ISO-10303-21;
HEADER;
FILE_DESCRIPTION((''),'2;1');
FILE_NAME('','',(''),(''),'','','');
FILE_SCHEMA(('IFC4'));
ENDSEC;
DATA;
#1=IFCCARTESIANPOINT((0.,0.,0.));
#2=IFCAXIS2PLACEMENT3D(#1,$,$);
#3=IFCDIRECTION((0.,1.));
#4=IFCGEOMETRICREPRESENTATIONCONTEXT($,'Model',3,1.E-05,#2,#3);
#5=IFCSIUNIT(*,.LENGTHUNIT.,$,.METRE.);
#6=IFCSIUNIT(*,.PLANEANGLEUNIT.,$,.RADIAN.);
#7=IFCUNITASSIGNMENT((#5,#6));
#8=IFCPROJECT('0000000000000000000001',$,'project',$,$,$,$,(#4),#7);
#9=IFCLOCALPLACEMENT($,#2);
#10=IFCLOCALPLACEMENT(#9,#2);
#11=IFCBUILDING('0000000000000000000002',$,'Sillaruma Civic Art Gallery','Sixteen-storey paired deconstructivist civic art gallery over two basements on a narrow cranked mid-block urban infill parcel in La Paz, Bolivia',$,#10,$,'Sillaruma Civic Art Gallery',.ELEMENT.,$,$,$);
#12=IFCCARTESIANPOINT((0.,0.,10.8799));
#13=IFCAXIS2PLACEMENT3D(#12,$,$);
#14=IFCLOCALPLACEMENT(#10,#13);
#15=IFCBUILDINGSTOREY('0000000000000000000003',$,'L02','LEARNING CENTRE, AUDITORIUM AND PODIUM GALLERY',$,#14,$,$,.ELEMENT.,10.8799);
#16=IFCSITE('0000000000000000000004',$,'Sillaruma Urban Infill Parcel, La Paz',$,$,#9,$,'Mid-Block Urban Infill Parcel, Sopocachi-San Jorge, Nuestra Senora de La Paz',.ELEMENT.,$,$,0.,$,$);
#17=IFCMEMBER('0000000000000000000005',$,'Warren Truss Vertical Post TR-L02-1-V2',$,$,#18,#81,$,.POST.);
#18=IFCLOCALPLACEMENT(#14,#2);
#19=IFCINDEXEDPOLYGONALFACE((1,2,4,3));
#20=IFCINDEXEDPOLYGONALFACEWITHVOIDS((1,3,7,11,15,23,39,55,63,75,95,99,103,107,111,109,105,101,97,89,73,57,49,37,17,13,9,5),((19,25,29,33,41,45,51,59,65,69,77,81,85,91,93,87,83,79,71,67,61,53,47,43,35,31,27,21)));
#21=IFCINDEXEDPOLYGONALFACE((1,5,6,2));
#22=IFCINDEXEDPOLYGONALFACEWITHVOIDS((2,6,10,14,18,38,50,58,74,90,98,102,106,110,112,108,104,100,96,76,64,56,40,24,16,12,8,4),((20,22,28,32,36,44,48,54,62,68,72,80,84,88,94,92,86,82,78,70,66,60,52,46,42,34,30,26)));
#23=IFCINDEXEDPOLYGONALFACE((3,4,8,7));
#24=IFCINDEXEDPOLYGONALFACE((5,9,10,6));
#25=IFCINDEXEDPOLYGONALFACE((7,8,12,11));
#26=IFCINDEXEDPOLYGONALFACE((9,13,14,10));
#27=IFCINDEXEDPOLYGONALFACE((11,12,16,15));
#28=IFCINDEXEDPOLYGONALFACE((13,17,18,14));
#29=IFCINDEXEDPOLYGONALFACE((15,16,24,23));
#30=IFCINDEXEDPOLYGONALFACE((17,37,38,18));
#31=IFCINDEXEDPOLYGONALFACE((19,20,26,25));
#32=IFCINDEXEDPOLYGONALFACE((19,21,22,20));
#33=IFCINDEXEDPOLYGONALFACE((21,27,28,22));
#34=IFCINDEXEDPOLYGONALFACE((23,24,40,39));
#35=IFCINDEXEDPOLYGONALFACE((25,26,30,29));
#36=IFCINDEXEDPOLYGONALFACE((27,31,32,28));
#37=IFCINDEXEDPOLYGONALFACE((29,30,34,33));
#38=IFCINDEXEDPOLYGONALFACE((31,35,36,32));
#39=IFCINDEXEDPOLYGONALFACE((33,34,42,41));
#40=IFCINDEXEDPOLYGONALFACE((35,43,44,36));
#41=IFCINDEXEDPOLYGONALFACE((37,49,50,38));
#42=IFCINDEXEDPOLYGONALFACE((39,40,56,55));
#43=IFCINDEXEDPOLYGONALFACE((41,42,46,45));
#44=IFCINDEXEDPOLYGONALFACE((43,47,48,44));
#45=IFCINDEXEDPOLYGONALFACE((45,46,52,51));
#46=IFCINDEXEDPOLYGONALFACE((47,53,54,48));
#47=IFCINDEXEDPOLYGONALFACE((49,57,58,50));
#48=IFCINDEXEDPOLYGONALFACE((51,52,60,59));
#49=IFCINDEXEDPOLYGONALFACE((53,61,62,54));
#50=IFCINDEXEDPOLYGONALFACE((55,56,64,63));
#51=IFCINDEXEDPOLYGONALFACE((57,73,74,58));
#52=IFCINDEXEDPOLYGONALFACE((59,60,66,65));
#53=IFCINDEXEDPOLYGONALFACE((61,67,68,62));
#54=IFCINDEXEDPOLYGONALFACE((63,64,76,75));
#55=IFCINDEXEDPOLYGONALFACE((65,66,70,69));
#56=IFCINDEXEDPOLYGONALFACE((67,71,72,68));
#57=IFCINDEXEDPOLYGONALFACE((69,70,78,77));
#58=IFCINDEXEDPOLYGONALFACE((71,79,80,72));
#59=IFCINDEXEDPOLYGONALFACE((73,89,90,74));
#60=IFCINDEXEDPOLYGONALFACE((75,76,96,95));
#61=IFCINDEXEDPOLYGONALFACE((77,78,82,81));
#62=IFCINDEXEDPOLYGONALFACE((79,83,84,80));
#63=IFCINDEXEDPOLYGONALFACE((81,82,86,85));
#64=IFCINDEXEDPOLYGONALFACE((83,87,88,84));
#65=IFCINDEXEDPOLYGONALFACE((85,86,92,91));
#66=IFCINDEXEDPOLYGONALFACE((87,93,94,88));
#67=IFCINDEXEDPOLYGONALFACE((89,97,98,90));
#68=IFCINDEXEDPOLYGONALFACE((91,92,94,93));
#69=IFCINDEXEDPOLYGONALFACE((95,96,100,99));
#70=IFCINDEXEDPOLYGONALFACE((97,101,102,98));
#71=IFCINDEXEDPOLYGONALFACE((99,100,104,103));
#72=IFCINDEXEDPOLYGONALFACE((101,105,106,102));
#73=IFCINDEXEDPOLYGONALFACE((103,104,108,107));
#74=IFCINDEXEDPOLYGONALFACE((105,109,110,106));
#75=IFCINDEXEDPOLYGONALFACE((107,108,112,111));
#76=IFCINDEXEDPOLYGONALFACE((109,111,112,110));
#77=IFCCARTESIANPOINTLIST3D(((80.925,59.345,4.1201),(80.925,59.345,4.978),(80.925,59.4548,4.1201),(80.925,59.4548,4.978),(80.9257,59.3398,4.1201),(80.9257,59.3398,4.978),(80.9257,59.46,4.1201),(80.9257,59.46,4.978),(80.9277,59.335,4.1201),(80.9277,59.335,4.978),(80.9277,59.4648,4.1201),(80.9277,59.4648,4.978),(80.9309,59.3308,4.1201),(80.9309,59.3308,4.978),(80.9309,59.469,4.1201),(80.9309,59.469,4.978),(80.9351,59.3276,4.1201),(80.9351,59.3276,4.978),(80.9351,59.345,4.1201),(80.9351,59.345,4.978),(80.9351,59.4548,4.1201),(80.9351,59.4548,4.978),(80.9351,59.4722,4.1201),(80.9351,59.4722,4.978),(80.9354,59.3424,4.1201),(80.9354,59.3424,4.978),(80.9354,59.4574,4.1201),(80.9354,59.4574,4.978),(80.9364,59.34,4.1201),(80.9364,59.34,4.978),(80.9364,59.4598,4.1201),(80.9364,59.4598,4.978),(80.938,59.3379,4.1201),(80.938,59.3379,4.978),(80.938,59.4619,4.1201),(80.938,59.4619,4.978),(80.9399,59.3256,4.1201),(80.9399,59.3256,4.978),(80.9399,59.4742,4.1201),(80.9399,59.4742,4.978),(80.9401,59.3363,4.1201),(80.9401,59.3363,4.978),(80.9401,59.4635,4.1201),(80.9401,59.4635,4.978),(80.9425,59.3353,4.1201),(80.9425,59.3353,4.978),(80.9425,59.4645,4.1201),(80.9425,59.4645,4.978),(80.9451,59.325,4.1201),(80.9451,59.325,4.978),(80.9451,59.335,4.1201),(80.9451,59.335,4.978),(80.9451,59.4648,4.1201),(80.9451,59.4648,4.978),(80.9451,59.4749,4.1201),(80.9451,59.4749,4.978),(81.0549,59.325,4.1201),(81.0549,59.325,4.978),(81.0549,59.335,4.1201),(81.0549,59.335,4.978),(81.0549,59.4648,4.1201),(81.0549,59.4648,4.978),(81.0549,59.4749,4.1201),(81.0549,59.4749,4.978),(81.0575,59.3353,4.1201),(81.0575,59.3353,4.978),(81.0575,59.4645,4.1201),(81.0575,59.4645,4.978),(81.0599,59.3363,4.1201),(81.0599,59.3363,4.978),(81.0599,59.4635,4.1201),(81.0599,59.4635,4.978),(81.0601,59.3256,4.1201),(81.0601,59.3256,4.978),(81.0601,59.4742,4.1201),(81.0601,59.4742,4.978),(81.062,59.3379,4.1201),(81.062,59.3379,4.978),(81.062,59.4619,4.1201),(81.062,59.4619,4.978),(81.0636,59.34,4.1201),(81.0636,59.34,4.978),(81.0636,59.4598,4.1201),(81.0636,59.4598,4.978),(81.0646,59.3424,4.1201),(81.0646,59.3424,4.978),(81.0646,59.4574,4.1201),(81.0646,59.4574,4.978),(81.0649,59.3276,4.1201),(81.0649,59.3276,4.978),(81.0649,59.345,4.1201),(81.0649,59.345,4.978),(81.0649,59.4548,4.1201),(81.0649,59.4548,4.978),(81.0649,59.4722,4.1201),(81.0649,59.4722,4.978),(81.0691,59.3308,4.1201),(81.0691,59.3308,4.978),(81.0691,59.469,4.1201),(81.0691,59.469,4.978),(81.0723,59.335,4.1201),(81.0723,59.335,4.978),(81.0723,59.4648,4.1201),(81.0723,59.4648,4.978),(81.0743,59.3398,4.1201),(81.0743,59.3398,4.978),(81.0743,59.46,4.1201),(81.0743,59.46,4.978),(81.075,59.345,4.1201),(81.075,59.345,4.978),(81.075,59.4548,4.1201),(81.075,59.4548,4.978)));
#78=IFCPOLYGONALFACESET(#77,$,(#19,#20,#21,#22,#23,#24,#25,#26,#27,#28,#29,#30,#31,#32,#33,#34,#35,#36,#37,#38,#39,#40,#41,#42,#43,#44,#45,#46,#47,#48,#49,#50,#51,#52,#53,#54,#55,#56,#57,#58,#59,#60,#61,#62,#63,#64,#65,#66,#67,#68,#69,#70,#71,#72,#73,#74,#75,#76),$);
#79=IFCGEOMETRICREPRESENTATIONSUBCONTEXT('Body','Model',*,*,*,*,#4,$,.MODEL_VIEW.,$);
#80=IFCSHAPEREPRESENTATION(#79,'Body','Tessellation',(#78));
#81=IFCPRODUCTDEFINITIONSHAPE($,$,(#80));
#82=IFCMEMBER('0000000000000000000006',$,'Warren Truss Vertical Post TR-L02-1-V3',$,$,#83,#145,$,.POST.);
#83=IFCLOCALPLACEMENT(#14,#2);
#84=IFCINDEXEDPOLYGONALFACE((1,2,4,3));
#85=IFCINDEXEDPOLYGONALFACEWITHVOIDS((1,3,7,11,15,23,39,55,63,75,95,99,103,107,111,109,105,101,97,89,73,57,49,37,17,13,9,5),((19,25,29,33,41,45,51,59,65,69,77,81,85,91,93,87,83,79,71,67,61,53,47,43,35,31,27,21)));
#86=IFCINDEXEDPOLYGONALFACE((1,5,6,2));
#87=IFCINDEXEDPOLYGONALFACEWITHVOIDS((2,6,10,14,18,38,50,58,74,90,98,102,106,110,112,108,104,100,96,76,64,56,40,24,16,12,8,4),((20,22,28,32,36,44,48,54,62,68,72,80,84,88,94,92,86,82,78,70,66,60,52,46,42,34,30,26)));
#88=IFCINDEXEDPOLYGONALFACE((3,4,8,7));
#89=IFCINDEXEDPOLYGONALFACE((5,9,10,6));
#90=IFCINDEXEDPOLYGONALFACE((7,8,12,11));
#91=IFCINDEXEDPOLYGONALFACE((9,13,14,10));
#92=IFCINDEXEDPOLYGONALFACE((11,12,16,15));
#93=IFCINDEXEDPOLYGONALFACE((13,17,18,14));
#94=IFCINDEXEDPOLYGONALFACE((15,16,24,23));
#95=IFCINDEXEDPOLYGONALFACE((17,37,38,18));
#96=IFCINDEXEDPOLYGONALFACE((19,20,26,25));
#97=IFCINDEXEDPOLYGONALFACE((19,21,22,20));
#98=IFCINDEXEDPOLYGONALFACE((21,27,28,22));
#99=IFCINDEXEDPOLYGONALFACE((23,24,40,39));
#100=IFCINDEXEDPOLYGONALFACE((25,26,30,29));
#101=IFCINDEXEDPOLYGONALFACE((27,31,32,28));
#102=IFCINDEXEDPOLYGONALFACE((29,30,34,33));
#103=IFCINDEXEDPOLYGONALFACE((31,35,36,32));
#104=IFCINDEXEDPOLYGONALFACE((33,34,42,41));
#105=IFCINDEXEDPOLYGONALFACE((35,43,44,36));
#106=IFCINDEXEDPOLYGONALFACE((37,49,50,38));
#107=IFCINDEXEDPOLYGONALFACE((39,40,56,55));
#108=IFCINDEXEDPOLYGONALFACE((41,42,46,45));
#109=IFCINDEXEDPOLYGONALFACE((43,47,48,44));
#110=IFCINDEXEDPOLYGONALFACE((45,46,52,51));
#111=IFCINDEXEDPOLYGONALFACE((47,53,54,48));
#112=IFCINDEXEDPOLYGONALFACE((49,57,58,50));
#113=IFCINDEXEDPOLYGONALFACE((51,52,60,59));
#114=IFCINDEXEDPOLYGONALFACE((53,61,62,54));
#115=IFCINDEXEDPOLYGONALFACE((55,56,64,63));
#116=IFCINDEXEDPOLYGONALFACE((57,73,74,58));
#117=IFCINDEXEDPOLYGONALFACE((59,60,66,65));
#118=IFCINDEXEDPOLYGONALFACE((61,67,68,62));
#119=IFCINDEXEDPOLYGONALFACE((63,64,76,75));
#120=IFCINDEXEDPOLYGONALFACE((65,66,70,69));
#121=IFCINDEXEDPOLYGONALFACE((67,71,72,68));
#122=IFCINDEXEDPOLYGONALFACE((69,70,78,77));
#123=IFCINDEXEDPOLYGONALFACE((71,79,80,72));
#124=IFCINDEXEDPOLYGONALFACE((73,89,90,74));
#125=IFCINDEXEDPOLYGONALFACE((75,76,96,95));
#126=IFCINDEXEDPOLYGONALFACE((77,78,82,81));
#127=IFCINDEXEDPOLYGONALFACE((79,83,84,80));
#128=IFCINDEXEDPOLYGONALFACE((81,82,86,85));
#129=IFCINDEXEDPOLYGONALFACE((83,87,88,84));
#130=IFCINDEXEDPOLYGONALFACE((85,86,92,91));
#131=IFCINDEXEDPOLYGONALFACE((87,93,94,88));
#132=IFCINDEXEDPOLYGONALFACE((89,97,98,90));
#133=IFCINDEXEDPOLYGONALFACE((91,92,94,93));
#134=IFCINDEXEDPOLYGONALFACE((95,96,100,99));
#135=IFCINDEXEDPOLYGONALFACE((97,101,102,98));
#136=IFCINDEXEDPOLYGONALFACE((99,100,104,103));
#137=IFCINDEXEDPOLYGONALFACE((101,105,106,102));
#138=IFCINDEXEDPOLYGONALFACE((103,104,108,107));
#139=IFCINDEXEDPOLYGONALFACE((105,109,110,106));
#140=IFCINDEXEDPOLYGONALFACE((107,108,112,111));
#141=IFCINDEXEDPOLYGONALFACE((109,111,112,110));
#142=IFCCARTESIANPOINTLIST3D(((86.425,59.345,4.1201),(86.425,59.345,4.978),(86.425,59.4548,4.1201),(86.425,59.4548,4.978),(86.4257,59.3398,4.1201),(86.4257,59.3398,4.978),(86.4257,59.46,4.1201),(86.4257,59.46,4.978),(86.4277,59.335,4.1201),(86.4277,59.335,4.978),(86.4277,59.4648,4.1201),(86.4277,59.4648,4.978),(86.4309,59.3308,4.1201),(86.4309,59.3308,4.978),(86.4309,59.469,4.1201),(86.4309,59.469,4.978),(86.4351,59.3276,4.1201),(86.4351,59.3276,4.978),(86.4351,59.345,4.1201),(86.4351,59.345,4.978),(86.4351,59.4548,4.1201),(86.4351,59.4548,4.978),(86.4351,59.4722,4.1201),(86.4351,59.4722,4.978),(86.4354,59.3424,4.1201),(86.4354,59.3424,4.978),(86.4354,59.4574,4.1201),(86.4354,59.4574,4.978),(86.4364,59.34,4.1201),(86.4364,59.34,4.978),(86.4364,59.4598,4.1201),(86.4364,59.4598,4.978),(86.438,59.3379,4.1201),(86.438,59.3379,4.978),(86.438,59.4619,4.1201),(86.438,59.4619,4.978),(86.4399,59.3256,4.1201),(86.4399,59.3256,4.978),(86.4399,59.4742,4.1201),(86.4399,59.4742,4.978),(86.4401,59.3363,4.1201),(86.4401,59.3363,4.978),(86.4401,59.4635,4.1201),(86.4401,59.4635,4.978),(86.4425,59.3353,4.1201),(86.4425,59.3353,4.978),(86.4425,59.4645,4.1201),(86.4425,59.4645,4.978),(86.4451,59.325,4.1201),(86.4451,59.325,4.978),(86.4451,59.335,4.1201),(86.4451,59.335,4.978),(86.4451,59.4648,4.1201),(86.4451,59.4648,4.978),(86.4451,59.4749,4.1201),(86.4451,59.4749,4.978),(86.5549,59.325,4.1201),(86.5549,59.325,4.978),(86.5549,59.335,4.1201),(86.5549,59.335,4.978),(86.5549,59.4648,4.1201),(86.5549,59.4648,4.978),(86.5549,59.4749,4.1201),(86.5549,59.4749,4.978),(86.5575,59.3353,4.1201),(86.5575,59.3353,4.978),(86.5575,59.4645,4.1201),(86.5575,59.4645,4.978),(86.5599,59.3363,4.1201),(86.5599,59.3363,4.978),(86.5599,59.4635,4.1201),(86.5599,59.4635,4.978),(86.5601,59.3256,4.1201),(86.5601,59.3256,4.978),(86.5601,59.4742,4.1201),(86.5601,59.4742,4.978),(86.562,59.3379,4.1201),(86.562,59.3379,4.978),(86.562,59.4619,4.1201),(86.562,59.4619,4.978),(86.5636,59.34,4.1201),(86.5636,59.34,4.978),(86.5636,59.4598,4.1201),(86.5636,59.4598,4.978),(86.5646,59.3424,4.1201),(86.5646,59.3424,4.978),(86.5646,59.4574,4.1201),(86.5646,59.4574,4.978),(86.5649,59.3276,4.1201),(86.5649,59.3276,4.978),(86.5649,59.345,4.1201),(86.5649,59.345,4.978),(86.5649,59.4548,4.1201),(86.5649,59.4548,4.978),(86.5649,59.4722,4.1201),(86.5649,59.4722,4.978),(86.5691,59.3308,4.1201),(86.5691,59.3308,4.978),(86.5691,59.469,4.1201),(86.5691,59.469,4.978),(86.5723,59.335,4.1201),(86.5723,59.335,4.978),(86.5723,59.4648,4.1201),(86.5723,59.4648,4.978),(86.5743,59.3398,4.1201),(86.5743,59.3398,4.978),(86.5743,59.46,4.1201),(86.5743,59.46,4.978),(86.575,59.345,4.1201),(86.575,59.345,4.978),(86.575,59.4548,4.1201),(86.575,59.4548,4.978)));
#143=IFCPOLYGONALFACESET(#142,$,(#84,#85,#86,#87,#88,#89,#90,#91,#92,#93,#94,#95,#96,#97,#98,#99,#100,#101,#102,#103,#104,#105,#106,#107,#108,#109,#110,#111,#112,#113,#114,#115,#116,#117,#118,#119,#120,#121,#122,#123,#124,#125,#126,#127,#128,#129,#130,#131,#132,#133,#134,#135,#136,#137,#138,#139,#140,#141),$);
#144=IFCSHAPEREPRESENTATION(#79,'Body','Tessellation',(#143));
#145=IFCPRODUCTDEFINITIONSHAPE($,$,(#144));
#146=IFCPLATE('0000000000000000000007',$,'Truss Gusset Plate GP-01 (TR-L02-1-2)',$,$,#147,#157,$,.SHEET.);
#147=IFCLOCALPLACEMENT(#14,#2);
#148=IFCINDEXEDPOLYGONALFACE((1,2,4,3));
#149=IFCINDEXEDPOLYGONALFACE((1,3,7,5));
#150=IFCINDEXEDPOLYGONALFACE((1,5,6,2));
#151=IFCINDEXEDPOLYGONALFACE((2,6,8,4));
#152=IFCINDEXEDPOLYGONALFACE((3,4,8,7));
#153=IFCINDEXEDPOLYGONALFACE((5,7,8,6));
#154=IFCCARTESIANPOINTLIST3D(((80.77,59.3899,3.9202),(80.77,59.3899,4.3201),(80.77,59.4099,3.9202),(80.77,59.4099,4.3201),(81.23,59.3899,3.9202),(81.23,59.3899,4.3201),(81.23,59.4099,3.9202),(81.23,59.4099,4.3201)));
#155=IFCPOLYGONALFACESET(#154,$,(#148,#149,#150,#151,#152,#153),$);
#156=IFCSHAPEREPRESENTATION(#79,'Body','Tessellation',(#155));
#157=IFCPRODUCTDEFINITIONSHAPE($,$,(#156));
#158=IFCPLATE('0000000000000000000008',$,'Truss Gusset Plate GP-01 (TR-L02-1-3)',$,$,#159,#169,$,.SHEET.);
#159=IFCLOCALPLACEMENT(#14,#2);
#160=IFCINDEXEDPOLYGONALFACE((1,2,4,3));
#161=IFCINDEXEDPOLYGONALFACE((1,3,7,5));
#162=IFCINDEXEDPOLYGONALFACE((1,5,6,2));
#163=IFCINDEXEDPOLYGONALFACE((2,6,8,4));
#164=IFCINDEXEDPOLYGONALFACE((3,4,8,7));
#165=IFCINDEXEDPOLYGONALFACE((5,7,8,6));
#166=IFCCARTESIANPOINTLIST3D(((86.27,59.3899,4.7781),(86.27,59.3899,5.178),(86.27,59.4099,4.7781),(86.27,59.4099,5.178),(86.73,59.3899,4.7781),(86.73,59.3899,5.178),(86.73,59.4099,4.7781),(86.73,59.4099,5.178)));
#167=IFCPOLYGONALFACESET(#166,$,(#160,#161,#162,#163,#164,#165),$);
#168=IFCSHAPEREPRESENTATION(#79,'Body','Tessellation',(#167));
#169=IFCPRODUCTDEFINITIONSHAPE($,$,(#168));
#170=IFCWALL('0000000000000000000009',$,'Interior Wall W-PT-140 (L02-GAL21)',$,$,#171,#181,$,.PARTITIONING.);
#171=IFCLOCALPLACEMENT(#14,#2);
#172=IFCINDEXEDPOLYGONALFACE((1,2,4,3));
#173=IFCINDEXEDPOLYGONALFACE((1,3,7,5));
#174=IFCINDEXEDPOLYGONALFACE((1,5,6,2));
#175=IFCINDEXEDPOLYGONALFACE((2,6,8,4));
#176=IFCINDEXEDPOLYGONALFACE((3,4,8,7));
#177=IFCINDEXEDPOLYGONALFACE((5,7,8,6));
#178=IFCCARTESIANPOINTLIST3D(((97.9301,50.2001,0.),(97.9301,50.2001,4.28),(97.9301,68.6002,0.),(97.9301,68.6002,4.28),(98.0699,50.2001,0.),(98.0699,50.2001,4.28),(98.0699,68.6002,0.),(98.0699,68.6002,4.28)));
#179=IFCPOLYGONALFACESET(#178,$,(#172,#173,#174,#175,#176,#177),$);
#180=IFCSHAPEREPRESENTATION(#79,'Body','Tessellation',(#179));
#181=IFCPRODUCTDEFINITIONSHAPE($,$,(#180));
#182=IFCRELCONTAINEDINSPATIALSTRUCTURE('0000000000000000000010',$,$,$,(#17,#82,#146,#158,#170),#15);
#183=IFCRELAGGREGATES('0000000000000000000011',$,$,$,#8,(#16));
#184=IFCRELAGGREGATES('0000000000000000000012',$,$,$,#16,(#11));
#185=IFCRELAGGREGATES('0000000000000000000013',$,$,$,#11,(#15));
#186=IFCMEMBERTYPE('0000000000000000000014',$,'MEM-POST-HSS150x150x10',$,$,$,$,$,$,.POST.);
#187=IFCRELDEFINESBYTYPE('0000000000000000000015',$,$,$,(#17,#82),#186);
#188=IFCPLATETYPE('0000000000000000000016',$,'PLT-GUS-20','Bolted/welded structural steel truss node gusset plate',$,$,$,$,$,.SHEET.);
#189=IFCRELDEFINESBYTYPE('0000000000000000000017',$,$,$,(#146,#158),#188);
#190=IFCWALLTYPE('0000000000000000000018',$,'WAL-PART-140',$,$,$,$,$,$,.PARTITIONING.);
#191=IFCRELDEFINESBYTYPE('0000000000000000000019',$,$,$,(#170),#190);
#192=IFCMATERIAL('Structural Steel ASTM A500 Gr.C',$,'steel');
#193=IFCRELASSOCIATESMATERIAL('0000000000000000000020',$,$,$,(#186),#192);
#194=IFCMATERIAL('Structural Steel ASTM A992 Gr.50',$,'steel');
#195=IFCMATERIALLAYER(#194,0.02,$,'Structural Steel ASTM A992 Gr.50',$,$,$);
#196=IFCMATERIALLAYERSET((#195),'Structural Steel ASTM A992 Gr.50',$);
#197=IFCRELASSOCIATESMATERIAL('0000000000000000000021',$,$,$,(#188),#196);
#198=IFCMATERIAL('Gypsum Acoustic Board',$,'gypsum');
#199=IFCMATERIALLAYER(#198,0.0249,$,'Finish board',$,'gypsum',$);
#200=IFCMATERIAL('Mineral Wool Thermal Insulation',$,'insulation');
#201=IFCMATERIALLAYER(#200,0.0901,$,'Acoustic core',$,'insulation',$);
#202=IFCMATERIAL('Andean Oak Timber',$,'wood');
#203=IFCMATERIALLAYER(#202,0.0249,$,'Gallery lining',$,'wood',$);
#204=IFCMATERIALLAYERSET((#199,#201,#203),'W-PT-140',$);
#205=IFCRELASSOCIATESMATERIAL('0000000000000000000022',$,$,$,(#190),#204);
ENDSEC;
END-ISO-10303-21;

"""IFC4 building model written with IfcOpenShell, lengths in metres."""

from ifc_helpers import new_model, si_unit, direction, frame, frame_2d, origin, origin_2d, place, context, subcontext, project, spatial, rectangle, hollow_rectangle, extrude, material, layer, layer_set, material_profile, profile_set, type_object, element, save


model = new_model("IFC4")

# Units and contexts
model_context = context("Model", 3, precision=1e-05, world=origin(), true_north=direction((0.0, 1.0)))
body_context = subcontext(model_context, "Body", "Model", "MODEL_VIEW")
ifc_project = project(units=[si_unit("LENGTHUNIT", "METRE"), si_unit("PLANEANGLEUNIT", "RADIAN")], contexts=[model_context])

# Site, building, storey
site_placement = place(None, origin())
site = spatial("IfcSite", under=ifc_project, at=site_placement, Name="Sillaruma Urban Infill Parcel, La Paz", LongName="Mid-Block Urban Infill Parcel, Sopocachi-San Jorge, Nuestra Senora de La Paz", CompositionType="ELEMENT", RefElevation=0.0)
building_placement = place(site_placement, origin())
building = spatial("IfcBuilding", under=site, at=building_placement, Name="Sillaruma Civic Art Gallery", Description="Sixteen-storey paired deconstructivist civic art gallery over two basements on a narrow cranked mid-block urban infill parcel in La Paz, Bolivia", LongName="Sillaruma Civic Art Gallery", CompositionType="ELEMENT")
storey_placement = place(building_placement, frame((0.0, 0.0, 10.8799)))
storey = spatial("IfcBuildingStorey", under=building, at=storey_placement, Name="L02", Description="LEARNING CENTRE, AUDITORIUM AND PODIUM GALLERY", CompositionType="ELEMENT", Elevation=10.8799)

# Members
ifc_material_1 = material(Name="Structural Steel ASTM A500 Gr.C", Category="steel")
ifc_material_profile_1 = material_profile(ifc_material_1, hollow_rectangle(XDim=0.1499, YDim=0.1499, WallThickness=0.01, InnerFilletRadius=0.01, OuterFilletRadius=0.02, at=origin_2d()), Name="HSS150x150x10")
ifc_profile_set_1 = profile_set([ifc_material_profile_1], Name="Structural Steel ASTM A500 Gr.C")
member_type_1 = type_object("IfcMemberType", Name="MEM-POST-HSS150x150x10", PredefinedType="POST", material=ifc_profile_set_1)
for number, where, z_axis, x_axis, name in (
    (1, (81.0, 59.3999, 4.1201), (0.0, 0.0, 1.0), (1.0, 0.0, 0.0), "Warren Truss Vertical Post TR-L02-1-V2"),
    (2, (86.5, 59.3999, 4.1201), (0.0, 0.0, 1.0), (1.0, 0.0, 0.0), "Warren Truss Vertical Post TR-L02-1-V3"),
):
    element("IfcMember", number, at=place(storey_placement, frame(where, z_axis=z_axis, x_axis=x_axis)), inside=storey, type_object=member_type_1, Name=name, PredefinedType="POST", context=body_context, shape_type="SweptSolid", body=[
        extrude(hollow_rectangle(XDim=0.1499, YDim=0.1499, WallThickness=0.01, InnerFilletRadius=0.01, OuterFilletRadius=0.02, at=origin_2d()), origin(), (0.0, 0.0, 1.0), 0.8579),
    ])

# Plates
ifc_material_2 = material(Name="Structural Steel ASTM A992 Gr.50", Category="steel")
ifc_layer_1 = layer(ifc_material_2, 0.02, Name="Structural Steel ASTM A992 Gr.50")
ifc_layer_set_1 = layer_set([ifc_layer_1], Name="Structural Steel ASTM A992 Gr.50")
plate_type = type_object("IfcPlateType", Name="PLT-GUS-20", Description="Bolted/welded structural steel truss node gusset plate", PredefinedType="SHEET", material=ifc_layer_set_1)
for number, where, z_axis, x_axis, name in (
    (3, (81.0, 59.3999, 3.9202), (0.0, 0.0, 1.0), (1.0, 0.0, 0.0), "Truss Gusset Plate GP-01 (TR-L02-1-2)"),
    (4, (86.5, 59.3999, 4.7781), (0.0, 0.0, 1.0), (1.0, 0.0, 0.0), "Truss Gusset Plate GP-01 (TR-L02-1-3)"),
):
    element("IfcPlate", number, at=place(storey_placement, frame(where, z_axis=z_axis, x_axis=x_axis)), inside=storey, type_object=plate_type, Name=name, PredefinedType="SHEET", context=body_context, shape_type="SweptSolid", body=[
        extrude(rectangle(XDim=0.46, YDim=0.02, at=origin_2d()), origin(), (0.0, 0.0, 1.0), 0.3999),
    ])

# Wall
ifc_material_3 = material(Name="Gypsum Acoustic Board", Category="gypsum")
ifc_layer_2 = layer(ifc_material_3, 0.0249, Name="Finish board", Category="gypsum")
ifc_material_4 = material(Name="Mineral Wool Thermal Insulation", Category="insulation")
ifc_layer_3 = layer(ifc_material_4, 0.0901, Name="Acoustic core", Category="insulation")
ifc_material_5 = material(Name="Andean Oak Timber", Category="wood")
ifc_layer_4 = layer(ifc_material_5, 0.0249, Name="Gallery lining", Category="wood")
ifc_layer_set_2 = layer_set([ifc_layer_2, ifc_layer_3, ifc_layer_4], Name="W-PT-140")
wall_type = type_object("IfcWallType", Name="WAL-PART-140", PredefinedType="PARTITIONING", material=ifc_layer_set_2)
wall_placement = place(storey_placement, frame((98.0, 50.2, 0.0), z_axis=(0.0, 0.0, 1.0), x_axis=(0.0, 1.0, 0.0)))
element("IfcWall", 5, at=wall_placement, inside=storey, type_object=wall_type, Name="Interior Wall W-PT-140 (L02-GAL21)", PredefinedType="PARTITIONING", context=body_context, shape_type="SweptSolid", body=[
    extrude(rectangle(XDim=18.4001, YDim=0.1399, at=frame_2d((9.2002, 0.0))), origin(), (0.0, 0.0, 1.0), 4.28),
])

save(model, "model.ifc")
